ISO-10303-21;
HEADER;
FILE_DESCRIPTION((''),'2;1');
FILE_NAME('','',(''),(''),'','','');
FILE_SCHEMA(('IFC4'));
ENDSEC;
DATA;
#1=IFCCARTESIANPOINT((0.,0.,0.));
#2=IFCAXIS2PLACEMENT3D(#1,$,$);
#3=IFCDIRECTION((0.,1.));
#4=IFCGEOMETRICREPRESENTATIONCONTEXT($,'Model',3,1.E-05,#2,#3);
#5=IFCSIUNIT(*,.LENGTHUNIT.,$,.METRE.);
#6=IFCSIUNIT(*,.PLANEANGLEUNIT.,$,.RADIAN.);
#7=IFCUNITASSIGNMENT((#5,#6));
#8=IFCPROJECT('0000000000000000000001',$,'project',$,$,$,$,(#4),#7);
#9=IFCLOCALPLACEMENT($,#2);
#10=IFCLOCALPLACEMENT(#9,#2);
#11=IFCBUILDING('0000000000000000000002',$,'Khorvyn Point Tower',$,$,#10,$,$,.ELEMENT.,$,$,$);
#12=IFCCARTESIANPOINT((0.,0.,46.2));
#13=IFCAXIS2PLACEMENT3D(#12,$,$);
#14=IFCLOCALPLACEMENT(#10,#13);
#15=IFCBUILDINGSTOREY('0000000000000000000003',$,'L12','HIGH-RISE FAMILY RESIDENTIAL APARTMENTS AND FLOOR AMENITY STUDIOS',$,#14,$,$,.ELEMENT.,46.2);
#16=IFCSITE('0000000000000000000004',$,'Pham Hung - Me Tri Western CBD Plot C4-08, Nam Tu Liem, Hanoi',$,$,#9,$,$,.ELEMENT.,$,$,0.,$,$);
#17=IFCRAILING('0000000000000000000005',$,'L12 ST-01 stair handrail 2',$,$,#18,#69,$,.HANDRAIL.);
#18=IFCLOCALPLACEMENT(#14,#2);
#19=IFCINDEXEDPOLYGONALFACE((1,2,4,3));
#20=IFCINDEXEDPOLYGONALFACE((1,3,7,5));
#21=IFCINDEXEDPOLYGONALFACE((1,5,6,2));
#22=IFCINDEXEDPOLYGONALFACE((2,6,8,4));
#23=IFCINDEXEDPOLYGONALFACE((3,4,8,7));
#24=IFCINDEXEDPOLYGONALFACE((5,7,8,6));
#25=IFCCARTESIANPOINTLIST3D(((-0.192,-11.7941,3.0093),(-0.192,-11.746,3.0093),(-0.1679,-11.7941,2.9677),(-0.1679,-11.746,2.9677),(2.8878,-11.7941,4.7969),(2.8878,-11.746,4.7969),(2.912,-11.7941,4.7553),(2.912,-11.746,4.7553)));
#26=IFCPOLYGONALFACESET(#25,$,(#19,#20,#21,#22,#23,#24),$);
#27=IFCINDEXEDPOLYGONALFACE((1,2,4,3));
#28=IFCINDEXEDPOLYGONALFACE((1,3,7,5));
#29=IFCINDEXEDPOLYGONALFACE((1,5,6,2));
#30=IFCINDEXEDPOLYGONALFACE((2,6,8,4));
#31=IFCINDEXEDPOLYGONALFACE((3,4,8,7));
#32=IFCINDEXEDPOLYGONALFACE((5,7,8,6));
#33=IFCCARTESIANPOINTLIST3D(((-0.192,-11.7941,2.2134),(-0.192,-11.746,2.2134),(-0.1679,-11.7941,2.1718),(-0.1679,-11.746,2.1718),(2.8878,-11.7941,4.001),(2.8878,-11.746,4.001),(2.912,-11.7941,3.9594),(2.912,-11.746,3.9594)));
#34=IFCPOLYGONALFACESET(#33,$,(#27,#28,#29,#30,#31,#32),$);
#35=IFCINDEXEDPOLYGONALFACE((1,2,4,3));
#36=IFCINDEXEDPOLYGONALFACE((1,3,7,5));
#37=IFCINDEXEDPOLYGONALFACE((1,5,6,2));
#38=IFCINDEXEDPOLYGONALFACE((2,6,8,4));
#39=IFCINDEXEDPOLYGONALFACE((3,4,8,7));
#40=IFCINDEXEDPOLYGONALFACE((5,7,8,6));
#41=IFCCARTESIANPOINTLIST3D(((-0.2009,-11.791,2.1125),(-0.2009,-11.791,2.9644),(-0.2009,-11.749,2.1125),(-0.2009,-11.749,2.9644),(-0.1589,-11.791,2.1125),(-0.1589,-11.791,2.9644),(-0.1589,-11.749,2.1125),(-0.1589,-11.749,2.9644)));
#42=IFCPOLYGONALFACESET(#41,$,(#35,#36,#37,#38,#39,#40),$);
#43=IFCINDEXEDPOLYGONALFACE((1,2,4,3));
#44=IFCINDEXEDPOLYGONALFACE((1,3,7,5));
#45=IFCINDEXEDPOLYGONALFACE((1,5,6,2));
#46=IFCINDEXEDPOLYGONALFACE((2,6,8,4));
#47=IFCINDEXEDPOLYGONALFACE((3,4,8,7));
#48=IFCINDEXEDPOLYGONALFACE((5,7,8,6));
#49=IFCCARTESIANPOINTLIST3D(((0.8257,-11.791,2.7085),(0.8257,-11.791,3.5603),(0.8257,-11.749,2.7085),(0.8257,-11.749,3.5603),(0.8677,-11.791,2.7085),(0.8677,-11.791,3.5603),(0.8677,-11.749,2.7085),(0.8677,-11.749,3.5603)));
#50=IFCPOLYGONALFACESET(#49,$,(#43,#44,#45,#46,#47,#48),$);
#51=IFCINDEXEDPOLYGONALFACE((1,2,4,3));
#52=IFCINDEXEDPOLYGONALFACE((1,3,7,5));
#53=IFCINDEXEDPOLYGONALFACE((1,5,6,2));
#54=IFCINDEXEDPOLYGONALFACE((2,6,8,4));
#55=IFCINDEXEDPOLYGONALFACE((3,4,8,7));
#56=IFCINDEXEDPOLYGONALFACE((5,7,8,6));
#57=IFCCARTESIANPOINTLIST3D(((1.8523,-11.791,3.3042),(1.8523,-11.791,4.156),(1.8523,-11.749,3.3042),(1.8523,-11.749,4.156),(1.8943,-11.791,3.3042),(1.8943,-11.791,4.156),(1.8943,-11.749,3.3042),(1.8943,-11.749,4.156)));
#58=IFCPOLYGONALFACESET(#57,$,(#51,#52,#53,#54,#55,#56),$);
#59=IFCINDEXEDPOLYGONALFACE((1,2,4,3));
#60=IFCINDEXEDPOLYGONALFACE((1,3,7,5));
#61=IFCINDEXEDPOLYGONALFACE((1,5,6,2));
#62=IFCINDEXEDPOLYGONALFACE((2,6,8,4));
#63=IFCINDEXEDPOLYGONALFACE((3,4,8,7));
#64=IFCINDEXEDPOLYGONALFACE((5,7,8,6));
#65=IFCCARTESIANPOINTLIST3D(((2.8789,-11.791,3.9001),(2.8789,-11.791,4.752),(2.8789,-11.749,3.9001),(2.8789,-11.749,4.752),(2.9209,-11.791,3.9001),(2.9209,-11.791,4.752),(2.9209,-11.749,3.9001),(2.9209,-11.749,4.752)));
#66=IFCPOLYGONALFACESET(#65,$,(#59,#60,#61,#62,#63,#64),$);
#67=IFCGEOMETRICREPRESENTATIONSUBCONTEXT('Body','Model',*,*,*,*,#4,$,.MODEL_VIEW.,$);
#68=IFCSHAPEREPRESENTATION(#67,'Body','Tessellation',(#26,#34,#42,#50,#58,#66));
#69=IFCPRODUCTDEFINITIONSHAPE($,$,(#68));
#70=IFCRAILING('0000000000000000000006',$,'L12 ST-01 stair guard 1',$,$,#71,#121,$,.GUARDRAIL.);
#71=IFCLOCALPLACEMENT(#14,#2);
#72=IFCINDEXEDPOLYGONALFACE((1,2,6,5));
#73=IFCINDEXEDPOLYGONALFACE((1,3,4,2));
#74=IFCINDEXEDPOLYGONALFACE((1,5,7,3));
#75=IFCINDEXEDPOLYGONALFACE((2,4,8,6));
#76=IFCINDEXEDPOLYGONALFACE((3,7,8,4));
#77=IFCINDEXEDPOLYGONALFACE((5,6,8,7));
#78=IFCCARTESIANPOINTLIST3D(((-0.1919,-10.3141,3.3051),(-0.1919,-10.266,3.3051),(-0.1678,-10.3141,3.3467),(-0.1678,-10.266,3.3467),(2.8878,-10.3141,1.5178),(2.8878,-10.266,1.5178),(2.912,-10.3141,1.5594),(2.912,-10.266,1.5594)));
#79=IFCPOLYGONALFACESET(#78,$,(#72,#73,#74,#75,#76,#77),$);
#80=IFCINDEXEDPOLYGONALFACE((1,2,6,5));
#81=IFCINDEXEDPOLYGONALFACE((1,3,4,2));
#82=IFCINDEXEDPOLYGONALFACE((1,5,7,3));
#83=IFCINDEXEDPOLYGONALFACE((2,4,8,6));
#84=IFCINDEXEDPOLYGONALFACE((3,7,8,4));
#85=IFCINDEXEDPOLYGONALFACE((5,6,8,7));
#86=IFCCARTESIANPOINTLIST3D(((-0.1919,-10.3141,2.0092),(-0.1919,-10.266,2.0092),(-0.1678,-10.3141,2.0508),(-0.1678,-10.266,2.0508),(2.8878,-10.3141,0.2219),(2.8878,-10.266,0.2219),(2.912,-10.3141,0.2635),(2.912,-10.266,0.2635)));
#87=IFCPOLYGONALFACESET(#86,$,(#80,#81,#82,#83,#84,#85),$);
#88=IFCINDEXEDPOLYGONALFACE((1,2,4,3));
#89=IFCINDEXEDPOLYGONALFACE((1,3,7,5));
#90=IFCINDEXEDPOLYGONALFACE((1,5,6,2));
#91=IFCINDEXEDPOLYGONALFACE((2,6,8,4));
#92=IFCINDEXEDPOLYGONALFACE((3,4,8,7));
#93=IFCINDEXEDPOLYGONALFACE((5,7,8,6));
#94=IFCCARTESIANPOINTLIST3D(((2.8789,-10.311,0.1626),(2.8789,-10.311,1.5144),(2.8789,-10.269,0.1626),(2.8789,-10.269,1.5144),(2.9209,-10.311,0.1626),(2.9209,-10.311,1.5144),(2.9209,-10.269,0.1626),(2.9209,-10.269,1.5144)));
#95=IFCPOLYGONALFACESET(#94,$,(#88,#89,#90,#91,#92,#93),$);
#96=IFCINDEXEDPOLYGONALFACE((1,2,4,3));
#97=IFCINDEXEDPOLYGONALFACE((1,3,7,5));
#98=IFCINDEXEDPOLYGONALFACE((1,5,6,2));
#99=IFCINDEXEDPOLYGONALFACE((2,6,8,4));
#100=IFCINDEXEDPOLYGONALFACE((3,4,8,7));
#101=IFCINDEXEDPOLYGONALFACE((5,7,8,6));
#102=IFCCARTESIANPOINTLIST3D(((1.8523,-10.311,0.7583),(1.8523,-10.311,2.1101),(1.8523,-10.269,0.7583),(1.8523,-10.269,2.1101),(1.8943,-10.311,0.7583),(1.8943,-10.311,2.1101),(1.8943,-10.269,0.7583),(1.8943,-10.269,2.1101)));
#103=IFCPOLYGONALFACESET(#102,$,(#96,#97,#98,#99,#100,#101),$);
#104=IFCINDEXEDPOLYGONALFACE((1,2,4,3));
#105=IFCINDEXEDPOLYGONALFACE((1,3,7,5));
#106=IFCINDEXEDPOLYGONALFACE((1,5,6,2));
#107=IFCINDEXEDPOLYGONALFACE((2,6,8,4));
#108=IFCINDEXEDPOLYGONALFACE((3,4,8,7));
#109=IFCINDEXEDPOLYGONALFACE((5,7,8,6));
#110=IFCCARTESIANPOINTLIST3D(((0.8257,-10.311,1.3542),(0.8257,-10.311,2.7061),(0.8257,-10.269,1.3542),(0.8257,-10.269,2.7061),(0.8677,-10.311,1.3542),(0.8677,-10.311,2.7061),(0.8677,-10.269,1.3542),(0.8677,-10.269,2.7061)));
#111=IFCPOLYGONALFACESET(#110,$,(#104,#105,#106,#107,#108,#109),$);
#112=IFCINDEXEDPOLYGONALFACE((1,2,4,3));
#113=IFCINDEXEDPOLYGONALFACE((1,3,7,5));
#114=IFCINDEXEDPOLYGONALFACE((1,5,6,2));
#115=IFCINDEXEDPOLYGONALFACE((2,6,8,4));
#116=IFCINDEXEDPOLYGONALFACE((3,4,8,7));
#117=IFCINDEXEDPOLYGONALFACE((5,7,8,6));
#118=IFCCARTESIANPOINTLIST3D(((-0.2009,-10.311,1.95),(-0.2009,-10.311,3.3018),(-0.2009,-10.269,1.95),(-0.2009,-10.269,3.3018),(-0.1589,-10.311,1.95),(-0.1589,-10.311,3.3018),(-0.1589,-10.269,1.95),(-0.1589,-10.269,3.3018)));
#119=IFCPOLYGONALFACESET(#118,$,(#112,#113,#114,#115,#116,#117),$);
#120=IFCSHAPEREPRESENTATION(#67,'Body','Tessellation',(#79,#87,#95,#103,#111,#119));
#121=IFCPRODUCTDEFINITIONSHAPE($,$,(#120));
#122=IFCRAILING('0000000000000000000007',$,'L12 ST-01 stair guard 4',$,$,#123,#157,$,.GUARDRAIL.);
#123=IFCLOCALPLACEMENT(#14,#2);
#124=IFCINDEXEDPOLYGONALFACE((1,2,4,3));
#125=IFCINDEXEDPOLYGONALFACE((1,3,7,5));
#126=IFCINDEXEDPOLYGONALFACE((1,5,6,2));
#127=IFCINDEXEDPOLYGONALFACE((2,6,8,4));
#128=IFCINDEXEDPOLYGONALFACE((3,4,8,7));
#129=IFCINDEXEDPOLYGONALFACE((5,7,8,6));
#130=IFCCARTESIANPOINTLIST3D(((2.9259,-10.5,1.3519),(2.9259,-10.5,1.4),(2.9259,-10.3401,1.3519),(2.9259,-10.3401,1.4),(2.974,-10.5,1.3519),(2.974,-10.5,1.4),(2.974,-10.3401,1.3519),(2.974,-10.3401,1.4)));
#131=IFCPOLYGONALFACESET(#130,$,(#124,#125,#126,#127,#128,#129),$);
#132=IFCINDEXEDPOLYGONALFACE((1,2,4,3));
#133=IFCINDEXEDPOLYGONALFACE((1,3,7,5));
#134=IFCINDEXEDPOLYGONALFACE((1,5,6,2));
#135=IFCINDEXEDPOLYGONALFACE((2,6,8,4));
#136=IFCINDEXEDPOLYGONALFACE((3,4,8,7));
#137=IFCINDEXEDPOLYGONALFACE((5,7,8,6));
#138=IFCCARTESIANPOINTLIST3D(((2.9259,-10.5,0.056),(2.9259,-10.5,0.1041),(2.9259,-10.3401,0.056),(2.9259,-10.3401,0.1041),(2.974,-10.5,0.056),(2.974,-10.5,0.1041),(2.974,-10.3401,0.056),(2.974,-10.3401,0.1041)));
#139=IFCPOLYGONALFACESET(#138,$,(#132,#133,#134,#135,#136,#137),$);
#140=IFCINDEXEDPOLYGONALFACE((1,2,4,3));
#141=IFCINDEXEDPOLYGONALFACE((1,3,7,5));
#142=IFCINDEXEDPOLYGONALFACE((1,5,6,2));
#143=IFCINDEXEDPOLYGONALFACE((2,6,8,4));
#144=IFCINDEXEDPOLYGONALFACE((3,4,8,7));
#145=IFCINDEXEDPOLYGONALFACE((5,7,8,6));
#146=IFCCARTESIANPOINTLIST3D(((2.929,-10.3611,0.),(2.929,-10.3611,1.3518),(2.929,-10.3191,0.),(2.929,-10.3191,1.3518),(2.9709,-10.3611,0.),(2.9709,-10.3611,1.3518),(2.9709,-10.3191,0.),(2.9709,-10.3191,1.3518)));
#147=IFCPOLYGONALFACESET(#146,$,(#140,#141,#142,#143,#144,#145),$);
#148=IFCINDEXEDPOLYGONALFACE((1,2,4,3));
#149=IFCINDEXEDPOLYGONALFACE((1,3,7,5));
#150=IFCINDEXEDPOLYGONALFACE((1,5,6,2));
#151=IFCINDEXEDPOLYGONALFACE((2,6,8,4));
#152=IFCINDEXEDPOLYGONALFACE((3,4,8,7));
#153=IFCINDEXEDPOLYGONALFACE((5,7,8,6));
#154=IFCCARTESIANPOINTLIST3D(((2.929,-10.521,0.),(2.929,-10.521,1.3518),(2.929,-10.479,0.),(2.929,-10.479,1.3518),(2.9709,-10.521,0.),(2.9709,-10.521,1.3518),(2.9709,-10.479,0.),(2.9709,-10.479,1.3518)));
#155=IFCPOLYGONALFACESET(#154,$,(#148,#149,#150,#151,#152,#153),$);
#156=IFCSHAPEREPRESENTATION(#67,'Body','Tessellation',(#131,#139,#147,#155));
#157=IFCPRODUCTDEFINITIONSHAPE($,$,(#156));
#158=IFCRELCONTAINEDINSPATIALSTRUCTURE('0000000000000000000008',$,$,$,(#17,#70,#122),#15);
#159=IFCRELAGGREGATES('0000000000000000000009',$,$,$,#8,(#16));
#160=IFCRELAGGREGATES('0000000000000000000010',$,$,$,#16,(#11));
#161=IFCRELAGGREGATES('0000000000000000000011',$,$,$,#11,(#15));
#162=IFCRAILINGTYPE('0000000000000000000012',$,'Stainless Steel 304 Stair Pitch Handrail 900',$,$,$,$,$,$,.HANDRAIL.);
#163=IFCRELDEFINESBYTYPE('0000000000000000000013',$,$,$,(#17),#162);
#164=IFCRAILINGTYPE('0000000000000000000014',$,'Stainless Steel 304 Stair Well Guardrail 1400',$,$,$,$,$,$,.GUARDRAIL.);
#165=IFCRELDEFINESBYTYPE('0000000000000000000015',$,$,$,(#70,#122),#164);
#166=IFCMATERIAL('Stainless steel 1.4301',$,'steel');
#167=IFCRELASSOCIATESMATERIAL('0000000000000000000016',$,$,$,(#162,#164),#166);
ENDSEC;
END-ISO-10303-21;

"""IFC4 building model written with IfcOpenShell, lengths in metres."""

from ifc_helpers import new_model, si_unit, direction, frame, origin, origin_2d, place, context, subcontext, project, spatial, rectangle, extrude, material, type_object, element, save


model = new_model("IFC4")

# Units and contexts
model_context = context("Model", 3, precision=1e-05, world=origin(), true_north=direction((0.0, 1.0)))
body_context = subcontext(model_context, "Body", "Model", "MODEL_VIEW")
ifc_project = project(units=[si_unit("LENGTHUNIT", "METRE"), si_unit("PLANEANGLEUNIT", "RADIAN")], contexts=[model_context])

# Site, building, storey
site_placement = place(None, origin())
site = spatial("IfcSite", under=ifc_project, at=site_placement, Name="Pham Hung - Me Tri Western CBD Plot C4-08, Nam Tu Liem, Hanoi", CompositionType="ELEMENT", RefElevation=0.0)
building_placement = place(site_placement, origin())
building = spatial("IfcBuilding", under=site, at=building_placement, Name="Khorvyn Point Tower", CompositionType="ELEMENT")
storey_placement = place(building_placement, frame((0.0, 0.0, 46.2)))
storey = spatial("IfcBuildingStorey", under=building, at=storey_placement, Name="L12", Description="HIGH-RISE FAMILY RESIDENTIAL APARTMENTS AND FLOOR AMENITY STUDIOS", CompositionType="ELEMENT", Elevation=46.2)

# Shared definitions
ifc_material_1 = material(Name="Stainless steel 1.4301", Category="steel")

# Railings
railing_type_1 = type_object("IfcRailingType", Name="Stainless Steel 304 Stair Pitch Handrail 900", PredefinedType="HANDRAIL", material=ifc_material_1)
railing_1_placement = place(storey_placement, frame((-0.1799, -11.77, 2.1125)))
element("IfcRailing", 1, at=railing_1_placement, inside=storey, type_object=railing_type_1, Name="L12 ST-01 stair handrail 2", PredefinedType="HANDRAIL", context=body_context, shape_type="SweptSolid", body=[
    extrude(rectangle(XDim=0.0481, YDim=0.0481, at=origin_2d()), frame((0.0, 0.0, 0.876), z_axis=(0.864873, 0.0, 0.50199), x_axis=(0.0, 1.0, 0.0)), (0.0, 0.0, 1.0), 3.561),
    extrude(rectangle(XDim=0.0481, YDim=0.0481, at=origin_2d()), frame((0.0, 0.0, 0.0801), z_axis=(0.864873, 0.0, 0.50199), x_axis=(0.0, 1.0, 0.0)), (0.0, 0.0, 1.0), 3.561),
    extrude(rectangle(XDim=0.042, YDim=0.042, at=origin_2d()), origin(), (0.0, 0.0, 1.0), 0.8518),
    extrude(rectangle(XDim=0.042, YDim=0.042, at=origin_2d()), frame((1.0266, 0.0, 0.5959)), (0.0, 0.0, 1.0), 0.8518),
    extrude(rectangle(XDim=0.042, YDim=0.042, at=origin_2d()), frame((2.0532, 0.0, 1.1917)), (0.0, 0.0, 1.0), 0.8518),
    extrude(rectangle(XDim=0.042, YDim=0.042, at=origin_2d()), frame((3.0798, 0.0, 1.7876)), (0.0, 0.0, 1.0), 0.8518),
])
railing_type_2 = type_object("IfcRailingType", Name="Stainless Steel 304 Stair Well Guardrail 1400", PredefinedType="GUARDRAIL", material=ifc_material_1)
railing_2_placement = place(storey_placement, frame((2.8999, -10.29, 0.1626)))
element("IfcRailing", 2, at=railing_2_placement, inside=storey, type_object=railing_type_2, Name="L12 ST-01 stair guard 1", PredefinedType="GUARDRAIL", context=body_context, shape_type="SweptSolid", body=[
    extrude(rectangle(XDim=0.0481, YDim=0.0481, at=origin_2d()), frame((0.0, 0.0, 1.376), z_axis=(-0.864903, 0.0, 0.501939), x_axis=(0.0, -1.0, 0.0)), (0.0, 0.0, 1.0), 3.5608),
    extrude(rectangle(XDim=0.0481, YDim=0.0481, at=origin_2d()), frame((0.0, 0.0, 0.0801), z_axis=(-0.864903, 0.0, 0.501939), x_axis=(0.0, -1.0, 0.0)), (0.0, 0.0, 1.0), 3.5608),
    extrude(rectangle(XDim=0.042, YDim=0.042, at=origin_2d()), origin(), (0.0, 0.0, 1.0), 1.3518),
    extrude(rectangle(XDim=0.042, YDim=0.042, at=origin_2d()), frame((-1.0266, 0.0, 0.5957)), (0.0, 0.0, 1.0), 1.3518),
    extrude(rectangle(XDim=0.042, YDim=0.042, at=origin_2d()), frame((-2.0532, 0.0, 1.1917)), (0.0, 0.0, 1.0), 1.3518),
    extrude(rectangle(XDim=0.042, YDim=0.042, at=origin_2d()), frame((-3.0798, 0.0, 1.7874)), (0.0, 0.0, 1.0), 1.3518),
])
railing_3_placement = place(storey_placement, frame((2.95, -10.3401, 0.0)))
element("IfcRailing", 3, at=railing_3_placement, inside=storey, type_object=railing_type_2, Name="L12 ST-01 stair guard 4", PredefinedType="GUARDRAIL", context=body_context, shape_type="SweptSolid", body=[
    extrude(rectangle(XDim=0.0481, YDim=0.0481, at=origin_2d()), frame((0.0, 0.0, 1.376), z_axis=(0.0, -1.0, 0.0), x_axis=(1.0, 0.0, 0.0)), (0.0, 0.0, 1.0), 0.1599),
    extrude(rectangle(XDim=0.0481, YDim=0.0481, at=origin_2d()), frame((0.0, 0.0, 0.0801), z_axis=(0.0, -1.0, 0.0), x_axis=(1.0, 0.0, 0.0)), (0.0, 0.0, 1.0), 0.1599),
    extrude(rectangle(XDim=0.042, YDim=0.042, at=origin_2d()), origin(), (0.0, 0.0, 1.0), 1.3518),
    extrude(rectangle(XDim=0.042, YDim=0.042, at=origin_2d()), frame((0.0, -0.1599, 0.0)), (0.0, 0.0, 1.0), 1.3518),
])

save(model, "model.ifc")
